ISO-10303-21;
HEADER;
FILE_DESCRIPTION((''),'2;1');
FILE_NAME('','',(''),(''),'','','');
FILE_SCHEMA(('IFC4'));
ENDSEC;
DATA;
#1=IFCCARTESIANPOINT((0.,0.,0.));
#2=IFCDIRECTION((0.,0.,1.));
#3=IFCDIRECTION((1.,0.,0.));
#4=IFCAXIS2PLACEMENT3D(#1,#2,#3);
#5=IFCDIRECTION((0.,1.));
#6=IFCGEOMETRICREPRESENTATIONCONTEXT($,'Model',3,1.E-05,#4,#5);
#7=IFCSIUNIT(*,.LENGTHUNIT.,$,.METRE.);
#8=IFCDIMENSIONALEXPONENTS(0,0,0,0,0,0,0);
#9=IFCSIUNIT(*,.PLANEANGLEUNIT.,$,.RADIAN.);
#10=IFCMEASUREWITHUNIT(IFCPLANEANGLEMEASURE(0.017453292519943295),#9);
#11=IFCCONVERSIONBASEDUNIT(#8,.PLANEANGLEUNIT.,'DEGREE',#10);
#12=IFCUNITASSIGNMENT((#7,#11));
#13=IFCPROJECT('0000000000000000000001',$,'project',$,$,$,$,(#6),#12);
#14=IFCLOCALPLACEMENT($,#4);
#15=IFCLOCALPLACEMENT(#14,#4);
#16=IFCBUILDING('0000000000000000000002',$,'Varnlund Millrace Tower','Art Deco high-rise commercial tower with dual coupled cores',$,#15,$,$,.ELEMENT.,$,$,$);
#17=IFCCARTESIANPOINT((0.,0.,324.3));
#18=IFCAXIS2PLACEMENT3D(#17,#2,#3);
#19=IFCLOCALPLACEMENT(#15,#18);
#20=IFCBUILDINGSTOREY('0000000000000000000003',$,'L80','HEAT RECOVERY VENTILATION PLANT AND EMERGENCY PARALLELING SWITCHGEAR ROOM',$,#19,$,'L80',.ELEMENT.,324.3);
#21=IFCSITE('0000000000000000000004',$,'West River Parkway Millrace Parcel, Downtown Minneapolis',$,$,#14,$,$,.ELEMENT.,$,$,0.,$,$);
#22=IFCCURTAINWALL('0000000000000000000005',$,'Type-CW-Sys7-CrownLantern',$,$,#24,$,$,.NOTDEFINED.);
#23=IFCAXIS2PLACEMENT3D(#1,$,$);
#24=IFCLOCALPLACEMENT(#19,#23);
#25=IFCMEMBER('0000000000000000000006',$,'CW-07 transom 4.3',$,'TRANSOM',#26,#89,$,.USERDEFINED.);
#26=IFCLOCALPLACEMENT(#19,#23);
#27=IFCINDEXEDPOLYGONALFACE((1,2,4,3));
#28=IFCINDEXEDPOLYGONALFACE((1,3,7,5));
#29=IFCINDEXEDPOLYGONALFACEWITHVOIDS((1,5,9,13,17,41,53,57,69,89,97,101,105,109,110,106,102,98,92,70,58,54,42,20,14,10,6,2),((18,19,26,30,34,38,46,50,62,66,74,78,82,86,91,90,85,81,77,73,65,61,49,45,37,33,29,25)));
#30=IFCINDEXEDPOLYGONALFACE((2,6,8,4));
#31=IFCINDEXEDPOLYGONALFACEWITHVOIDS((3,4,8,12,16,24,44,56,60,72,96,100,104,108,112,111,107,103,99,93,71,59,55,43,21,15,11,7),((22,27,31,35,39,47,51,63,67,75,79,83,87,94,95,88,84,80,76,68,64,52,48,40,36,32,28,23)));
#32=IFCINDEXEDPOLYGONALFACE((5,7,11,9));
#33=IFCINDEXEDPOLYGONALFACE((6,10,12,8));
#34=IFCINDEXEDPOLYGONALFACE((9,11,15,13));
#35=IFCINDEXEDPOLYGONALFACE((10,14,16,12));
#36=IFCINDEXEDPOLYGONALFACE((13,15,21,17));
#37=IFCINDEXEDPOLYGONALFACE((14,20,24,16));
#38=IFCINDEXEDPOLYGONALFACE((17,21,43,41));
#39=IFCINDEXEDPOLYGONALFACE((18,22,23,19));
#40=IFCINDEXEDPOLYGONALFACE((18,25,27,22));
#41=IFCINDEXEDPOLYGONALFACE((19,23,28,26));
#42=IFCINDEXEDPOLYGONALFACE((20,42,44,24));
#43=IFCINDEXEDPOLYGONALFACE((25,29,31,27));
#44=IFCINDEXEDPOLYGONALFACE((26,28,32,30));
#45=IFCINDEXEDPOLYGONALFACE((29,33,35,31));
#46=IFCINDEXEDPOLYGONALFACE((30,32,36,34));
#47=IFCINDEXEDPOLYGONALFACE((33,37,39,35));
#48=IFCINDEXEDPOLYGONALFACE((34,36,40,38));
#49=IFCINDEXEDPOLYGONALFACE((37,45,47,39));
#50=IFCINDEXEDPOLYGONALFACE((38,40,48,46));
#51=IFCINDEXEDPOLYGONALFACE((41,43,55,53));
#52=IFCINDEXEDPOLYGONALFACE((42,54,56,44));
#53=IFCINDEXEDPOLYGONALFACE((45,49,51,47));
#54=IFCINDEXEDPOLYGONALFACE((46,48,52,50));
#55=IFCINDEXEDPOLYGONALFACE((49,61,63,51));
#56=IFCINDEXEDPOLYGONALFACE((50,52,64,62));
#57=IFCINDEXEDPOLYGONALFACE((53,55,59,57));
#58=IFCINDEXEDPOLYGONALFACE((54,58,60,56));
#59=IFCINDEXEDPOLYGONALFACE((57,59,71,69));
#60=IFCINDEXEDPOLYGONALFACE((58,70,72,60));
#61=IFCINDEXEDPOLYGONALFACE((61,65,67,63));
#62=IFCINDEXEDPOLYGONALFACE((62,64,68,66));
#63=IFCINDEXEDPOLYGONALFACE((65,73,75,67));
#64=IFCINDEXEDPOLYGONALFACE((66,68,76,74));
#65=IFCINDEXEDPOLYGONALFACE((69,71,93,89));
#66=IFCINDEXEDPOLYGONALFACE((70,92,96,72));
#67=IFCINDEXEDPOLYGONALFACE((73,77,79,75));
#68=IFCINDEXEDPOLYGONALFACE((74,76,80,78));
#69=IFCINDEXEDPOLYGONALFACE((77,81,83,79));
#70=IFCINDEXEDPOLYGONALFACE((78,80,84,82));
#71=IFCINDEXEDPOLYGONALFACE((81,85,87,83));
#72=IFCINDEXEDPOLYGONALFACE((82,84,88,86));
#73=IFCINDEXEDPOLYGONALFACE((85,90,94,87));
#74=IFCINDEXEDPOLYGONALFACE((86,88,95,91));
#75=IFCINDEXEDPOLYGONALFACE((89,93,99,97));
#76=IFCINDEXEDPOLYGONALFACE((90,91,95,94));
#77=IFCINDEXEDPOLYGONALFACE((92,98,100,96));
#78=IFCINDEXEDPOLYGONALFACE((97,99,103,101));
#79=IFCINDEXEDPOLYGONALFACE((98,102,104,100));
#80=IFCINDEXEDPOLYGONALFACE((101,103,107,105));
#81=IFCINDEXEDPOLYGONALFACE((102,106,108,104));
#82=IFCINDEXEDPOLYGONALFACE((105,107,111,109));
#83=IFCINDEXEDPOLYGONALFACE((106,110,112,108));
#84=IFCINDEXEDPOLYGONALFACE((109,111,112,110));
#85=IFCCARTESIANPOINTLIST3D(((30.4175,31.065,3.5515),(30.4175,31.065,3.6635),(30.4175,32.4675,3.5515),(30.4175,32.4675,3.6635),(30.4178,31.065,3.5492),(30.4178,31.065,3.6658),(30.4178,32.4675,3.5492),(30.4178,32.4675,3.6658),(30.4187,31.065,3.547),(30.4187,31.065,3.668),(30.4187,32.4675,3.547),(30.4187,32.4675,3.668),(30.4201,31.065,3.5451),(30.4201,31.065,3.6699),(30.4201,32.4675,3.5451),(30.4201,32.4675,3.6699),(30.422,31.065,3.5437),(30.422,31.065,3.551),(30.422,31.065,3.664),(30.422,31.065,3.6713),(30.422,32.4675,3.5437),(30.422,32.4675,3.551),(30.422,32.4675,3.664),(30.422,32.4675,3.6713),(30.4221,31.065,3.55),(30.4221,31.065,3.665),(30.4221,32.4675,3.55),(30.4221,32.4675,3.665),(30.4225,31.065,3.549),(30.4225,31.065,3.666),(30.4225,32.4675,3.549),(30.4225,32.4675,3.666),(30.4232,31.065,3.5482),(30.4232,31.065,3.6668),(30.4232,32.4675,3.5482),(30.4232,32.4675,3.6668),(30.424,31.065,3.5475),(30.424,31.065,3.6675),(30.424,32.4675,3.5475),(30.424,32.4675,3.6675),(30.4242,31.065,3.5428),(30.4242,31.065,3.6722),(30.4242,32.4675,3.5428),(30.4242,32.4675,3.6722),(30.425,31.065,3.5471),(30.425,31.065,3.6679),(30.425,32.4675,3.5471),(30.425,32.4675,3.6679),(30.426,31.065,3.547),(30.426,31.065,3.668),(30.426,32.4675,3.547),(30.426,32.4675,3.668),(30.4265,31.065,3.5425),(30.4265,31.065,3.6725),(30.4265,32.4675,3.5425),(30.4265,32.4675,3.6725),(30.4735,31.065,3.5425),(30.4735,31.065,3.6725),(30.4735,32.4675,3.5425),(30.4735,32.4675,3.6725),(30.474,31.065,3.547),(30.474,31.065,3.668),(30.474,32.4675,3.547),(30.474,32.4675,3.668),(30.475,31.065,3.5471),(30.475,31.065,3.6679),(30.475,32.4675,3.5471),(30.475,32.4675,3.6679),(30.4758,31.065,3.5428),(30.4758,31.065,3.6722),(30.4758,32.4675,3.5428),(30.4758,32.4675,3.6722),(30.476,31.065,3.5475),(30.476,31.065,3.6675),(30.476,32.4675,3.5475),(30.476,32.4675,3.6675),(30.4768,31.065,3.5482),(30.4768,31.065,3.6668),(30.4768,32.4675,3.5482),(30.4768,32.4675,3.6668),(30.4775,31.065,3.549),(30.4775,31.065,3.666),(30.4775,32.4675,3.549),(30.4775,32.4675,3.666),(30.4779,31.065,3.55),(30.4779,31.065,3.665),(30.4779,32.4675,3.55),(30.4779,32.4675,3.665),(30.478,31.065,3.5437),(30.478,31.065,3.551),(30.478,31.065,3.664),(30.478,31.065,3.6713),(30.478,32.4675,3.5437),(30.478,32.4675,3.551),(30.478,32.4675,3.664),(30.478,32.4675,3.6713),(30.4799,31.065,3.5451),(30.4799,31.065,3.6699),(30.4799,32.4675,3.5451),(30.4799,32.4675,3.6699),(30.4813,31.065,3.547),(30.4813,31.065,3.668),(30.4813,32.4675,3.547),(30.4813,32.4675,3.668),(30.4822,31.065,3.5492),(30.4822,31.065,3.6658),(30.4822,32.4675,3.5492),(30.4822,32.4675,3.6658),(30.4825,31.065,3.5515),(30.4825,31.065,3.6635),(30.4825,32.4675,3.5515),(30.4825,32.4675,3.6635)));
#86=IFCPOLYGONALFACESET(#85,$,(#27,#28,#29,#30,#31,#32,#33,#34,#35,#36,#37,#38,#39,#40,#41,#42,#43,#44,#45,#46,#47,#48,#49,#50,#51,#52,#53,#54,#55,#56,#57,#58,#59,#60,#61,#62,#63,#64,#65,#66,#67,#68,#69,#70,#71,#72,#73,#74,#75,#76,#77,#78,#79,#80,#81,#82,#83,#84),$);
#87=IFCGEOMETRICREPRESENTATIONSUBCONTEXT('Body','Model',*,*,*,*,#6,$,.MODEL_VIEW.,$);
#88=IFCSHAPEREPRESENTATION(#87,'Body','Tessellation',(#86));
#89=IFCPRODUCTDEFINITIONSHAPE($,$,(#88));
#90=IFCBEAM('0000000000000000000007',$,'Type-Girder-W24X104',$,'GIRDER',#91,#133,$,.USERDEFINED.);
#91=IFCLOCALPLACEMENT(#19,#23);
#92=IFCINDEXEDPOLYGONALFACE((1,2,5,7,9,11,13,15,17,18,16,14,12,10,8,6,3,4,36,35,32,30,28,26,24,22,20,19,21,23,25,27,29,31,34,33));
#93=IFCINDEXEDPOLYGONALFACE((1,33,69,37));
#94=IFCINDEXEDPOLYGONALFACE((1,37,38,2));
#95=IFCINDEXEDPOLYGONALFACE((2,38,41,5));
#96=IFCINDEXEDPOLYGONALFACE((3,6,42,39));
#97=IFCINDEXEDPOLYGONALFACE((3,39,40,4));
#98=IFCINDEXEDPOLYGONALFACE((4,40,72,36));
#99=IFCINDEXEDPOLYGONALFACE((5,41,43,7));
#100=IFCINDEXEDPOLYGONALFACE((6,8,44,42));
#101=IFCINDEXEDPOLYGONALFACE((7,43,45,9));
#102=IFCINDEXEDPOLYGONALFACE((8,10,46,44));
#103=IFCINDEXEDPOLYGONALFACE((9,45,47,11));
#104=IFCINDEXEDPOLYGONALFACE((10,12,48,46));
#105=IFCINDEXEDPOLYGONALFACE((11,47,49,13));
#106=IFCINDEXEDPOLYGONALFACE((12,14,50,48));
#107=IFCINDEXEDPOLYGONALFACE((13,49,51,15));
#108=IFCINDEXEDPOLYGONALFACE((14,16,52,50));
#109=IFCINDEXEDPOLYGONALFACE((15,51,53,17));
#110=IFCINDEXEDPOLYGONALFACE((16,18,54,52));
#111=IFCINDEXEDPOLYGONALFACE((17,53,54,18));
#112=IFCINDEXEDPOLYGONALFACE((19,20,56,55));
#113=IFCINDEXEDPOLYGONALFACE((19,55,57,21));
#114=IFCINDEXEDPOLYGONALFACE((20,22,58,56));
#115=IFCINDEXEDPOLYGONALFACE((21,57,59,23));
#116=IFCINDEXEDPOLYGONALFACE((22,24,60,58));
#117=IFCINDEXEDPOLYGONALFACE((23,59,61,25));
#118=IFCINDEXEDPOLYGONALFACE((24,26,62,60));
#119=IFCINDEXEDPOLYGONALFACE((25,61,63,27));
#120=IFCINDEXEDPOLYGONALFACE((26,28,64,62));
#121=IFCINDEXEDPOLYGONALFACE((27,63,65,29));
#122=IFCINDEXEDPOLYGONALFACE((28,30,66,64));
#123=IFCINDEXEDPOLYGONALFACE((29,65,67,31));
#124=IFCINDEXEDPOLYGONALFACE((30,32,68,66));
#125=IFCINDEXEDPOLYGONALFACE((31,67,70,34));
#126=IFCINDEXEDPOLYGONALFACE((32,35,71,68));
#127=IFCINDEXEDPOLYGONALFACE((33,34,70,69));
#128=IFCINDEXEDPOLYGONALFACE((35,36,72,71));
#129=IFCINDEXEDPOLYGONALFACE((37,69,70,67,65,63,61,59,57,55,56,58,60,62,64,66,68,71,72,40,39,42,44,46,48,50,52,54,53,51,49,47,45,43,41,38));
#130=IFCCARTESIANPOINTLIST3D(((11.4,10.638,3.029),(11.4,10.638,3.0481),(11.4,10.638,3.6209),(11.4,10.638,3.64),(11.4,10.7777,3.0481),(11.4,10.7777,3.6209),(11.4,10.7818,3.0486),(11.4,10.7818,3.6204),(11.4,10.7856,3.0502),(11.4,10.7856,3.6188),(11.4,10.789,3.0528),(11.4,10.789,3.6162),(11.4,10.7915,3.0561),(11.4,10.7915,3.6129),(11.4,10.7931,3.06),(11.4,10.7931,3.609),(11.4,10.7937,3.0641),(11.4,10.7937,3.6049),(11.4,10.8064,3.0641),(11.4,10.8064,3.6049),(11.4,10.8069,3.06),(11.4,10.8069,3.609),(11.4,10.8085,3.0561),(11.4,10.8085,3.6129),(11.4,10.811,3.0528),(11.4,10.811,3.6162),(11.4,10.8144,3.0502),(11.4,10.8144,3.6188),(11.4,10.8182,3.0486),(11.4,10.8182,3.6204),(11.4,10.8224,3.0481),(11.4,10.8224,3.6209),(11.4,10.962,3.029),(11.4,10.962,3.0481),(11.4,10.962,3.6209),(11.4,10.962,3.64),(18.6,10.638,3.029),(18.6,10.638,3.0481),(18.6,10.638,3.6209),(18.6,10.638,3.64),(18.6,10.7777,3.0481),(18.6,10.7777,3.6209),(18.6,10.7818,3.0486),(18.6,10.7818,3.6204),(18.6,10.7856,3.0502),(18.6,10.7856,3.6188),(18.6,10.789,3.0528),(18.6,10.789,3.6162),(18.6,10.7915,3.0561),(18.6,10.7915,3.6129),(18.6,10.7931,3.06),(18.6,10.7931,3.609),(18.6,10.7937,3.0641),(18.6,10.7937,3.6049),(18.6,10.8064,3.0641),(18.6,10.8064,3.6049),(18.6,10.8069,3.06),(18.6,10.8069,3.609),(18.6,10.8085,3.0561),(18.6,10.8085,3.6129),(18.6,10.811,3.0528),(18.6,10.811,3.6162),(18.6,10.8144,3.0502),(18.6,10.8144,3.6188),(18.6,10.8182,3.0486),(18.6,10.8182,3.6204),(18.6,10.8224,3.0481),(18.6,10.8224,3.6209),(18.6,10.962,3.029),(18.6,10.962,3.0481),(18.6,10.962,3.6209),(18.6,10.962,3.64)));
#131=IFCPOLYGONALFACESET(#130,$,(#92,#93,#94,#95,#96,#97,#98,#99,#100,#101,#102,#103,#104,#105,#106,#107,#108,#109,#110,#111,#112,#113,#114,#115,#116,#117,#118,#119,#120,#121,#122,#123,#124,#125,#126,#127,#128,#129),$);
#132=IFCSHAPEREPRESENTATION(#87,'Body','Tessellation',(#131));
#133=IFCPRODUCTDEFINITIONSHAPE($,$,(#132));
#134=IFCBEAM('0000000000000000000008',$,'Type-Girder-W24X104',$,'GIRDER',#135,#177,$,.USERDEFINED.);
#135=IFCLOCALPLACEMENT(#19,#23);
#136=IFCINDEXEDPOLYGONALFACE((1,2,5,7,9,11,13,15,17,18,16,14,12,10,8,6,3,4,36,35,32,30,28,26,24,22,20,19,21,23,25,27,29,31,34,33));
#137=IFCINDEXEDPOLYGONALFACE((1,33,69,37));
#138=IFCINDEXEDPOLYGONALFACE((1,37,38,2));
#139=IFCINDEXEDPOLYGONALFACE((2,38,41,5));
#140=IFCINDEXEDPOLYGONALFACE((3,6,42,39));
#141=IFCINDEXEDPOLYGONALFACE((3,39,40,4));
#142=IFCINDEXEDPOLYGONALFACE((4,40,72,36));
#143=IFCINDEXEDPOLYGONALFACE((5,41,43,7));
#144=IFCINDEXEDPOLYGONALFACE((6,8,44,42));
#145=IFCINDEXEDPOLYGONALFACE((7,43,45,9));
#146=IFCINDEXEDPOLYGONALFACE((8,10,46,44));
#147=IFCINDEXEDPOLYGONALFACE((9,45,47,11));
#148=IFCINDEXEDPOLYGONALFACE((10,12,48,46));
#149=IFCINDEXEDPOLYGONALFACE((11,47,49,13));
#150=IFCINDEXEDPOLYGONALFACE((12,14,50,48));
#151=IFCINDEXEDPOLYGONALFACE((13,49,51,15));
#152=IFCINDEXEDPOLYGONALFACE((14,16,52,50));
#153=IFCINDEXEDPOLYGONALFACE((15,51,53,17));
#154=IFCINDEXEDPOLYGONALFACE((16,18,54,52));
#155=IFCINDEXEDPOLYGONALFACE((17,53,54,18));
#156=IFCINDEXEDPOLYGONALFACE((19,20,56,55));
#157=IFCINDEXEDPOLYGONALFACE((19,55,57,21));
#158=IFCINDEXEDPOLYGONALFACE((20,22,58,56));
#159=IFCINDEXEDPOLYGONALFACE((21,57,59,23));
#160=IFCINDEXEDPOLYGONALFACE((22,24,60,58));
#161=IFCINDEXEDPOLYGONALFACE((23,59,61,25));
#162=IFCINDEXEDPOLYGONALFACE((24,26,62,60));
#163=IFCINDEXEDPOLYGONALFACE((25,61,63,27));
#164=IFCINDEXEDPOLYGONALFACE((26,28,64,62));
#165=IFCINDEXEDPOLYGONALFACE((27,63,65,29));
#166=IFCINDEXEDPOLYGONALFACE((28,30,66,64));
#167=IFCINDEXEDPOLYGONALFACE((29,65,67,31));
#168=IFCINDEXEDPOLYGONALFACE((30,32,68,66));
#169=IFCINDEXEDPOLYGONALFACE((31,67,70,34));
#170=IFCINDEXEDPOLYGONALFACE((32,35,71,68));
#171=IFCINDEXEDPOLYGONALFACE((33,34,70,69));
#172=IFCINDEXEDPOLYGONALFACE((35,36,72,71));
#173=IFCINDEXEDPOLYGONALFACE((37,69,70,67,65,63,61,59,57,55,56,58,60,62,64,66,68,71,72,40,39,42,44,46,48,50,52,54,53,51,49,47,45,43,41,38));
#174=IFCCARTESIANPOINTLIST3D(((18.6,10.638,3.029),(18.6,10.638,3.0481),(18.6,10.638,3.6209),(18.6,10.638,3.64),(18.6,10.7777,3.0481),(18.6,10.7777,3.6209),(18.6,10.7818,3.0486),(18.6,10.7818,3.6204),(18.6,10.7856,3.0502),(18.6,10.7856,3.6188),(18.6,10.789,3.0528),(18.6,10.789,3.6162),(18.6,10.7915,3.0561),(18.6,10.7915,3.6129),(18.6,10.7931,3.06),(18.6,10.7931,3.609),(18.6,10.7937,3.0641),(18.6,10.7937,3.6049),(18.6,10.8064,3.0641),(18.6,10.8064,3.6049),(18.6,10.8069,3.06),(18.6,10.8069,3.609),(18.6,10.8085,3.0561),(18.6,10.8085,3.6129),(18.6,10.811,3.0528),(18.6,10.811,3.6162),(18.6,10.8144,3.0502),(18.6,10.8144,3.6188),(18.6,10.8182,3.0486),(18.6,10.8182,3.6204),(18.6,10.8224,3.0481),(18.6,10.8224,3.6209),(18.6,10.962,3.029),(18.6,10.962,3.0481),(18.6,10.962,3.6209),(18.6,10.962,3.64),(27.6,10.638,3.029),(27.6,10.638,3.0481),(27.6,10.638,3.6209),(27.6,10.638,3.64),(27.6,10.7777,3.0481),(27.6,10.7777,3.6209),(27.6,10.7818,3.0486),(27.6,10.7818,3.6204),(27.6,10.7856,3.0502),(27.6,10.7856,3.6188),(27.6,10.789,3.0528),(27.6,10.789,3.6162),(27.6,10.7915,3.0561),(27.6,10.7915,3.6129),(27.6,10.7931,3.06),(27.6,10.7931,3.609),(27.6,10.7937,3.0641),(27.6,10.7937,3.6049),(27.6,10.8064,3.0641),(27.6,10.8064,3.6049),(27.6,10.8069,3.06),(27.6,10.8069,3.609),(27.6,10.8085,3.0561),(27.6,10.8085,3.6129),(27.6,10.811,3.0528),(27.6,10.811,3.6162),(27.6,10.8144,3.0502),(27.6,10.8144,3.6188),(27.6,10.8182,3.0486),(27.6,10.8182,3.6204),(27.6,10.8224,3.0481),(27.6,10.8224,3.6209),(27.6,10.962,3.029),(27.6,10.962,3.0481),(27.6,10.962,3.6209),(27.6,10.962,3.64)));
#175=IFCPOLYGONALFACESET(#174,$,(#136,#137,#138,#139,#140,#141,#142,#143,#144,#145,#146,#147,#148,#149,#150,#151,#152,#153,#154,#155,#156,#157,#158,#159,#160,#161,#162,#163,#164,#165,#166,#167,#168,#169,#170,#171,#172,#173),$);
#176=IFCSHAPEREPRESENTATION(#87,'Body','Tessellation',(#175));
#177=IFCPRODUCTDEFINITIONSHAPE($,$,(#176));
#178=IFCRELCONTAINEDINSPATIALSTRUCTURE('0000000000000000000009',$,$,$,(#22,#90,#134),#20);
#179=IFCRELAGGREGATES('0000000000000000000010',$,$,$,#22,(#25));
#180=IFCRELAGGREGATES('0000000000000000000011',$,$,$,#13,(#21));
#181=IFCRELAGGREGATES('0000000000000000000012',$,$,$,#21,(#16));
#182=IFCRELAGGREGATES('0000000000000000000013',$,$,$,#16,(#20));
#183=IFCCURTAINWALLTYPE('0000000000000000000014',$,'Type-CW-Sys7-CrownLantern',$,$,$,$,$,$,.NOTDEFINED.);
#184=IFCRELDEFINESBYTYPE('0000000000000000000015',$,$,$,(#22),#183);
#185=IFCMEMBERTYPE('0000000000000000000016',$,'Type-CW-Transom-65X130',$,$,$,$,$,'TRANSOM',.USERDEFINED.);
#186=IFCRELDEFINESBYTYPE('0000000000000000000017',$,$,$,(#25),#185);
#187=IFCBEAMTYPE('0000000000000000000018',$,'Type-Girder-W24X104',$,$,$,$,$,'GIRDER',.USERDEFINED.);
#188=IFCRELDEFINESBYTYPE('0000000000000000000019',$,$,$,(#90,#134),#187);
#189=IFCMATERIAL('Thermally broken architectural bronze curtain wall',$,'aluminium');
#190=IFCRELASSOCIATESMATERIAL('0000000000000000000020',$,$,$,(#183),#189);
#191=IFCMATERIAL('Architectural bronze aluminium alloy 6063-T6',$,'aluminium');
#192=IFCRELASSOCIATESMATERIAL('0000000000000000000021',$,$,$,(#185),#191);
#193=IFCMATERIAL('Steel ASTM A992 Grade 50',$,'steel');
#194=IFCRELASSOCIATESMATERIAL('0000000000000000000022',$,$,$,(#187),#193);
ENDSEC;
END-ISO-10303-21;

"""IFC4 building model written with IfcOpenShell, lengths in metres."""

from ifc_helpers import new_model, entity, si_unit, converted_unit, direction, frame, origin_with_axes, origin_2d_with_axis, place, context, subcontext, project, spatial, hollow_rectangle, i_section, extrude, material, material_profile, profile_set, type_object, element, aggregate, save


model = new_model("IFC4")

# Units and contexts
model_context = context("Model", 3, precision=1e-05, world=origin_with_axes(), true_north=direction((0.0, 1.0)))
body_context = subcontext(model_context, "Body", "Model", "MODEL_VIEW")
ifc_project = project(units=[si_unit("LENGTHUNIT", "METRE"), converted_unit("PLANEANGLEUNIT", "DEGREE", entity("IfcPlaneAngleMeasure", 0.017453292519943295), si_unit("PLANEANGLEUNIT", "RADIAN"), dimensions=[0, 0, 0, 0, 0, 0, 0])], contexts=[model_context])

# Site, building, storey
site_placement = place(None, origin_with_axes())
site = spatial("IfcSite", under=ifc_project, at=site_placement, Name="West River Parkway Millrace Parcel, Downtown Minneapolis", CompositionType="ELEMENT", RefElevation=0.0)
building_placement = place(site_placement, origin_with_axes())
building = spatial("IfcBuilding", under=site, at=building_placement, Name="Varnlund Millrace Tower", Description="Art Deco high-rise commercial tower with dual coupled cores", CompositionType="ELEMENT")
storey_placement = place(building_placement, frame((0.0, 0.0, 324.3), z_axis=(0.0, 0.0, 1.0), x_axis=(1.0, 0.0, 0.0)))
storey = spatial("IfcBuildingStorey", under=building, at=storey_placement, Name="L80", Description="HEAT RECOVERY VENTILATION PLANT AND EMERGENCY PARALLELING SWITCHGEAR ROOM", LongName="L80", CompositionType="ELEMENT", Elevation=324.3)

# Shared definitions
ifc_material_1 = material(Name="Steel ASTM A992 Grade 50", Category="steel")

# Curtain wall, member
ifc_material_2 = material(Name="Thermally broken architectural bronze curtain wall", Category="aluminium")
curtain_wall_type = type_object("IfcCurtainWallType", Name="Type-CW-Sys7-CrownLantern", PredefinedType="NOTDEFINED", material=ifc_material_2)
curtain_wall_placement = place(storey_placement, frame((30.45, 37.0, 0.0), z_axis=(0.0, 0.0, 1.0), x_axis=(1.0, 0.0, 0.0)))
curtain_wall = element("IfcCurtainWall", 1, at=curtain_wall_placement, inside=storey, type_object=curtain_wall_type, Name="Type-CW-Sys7-CrownLantern", PredefinedType="NOTDEFINED")
ifc_material_3 = material(Name="Architectural bronze aluminium alloy 6063-T6", Category="aluminium")
ifc_material_profile_1 = material_profile(ifc_material_3, hollow_rectangle(XDim=0.065, YDim=0.13, WallThickness=0.0045, InnerFilletRadius=0.004, OuterFilletRadius=0.009, at=origin_2d_with_axis()), Name="Architectural bronze aluminium alloy 6063-T6")
ifc_profile_set_1 = profile_set([ifc_material_profile_1], Name="Architectural bronze aluminium alloy 6063-T6")
member_type = type_object("IfcMemberType", Name="Type-CW-Transom-65X130", ElementType="TRANSOM", PredefinedType="USERDEFINED", material=ifc_profile_set_1)
member_1_placement = place(storey_placement, frame((30.45, 32.4675, 3.6075), z_axis=(0.0, -1.0, 0.0), x_axis=(1.0, 0.0, 0.0)))
member_1 = element("IfcMember", 2, at=member_1_placement, type_object=member_type, Name="CW-07 transom 4.3", ObjectType="TRANSOM", PredefinedType="USERDEFINED", context=body_context, shape_type="SweptSolid", body=[
    extrude(hollow_rectangle(XDim=0.065, YDim=0.13, WallThickness=0.0045, InnerFilletRadius=0.004, OuterFilletRadius=0.009, at=origin_2d_with_axis()), origin_with_axes(), (0.0, 0.0, 1.0), 1.4025),
])

# Beams
ifc_material_profile_2 = material_profile(ifc_material_1, i_section(OverallWidth=0.324, OverallDepth=0.611, WebThickness=0.0127, FlangeThickness=0.0191, FilletRadius=0.016, at=origin_2d_with_axis()), Name="Steel ASTM A992 Grade 50")
ifc_profile_set_2 = profile_set([ifc_material_profile_2], Name="Steel ASTM A992 Grade 50")
beam_type_1 = type_object("IfcBeamType", Name="Type-Girder-W24X104", ElementType="GIRDER", PredefinedType="USERDEFINED", material=ifc_profile_set_2)
beam_1_placement = place(storey_placement, frame((11.4, 10.8, 3.3345), z_axis=(1.0, 0.0, 0.0), x_axis=(0.0, 1.0, 0.0)))
element("IfcBeam", 3, at=beam_1_placement, inside=storey, type_object=beam_type_1, Name="Type-Girder-W24X104", ObjectType="GIRDER", PredefinedType="USERDEFINED", context=body_context, shape_type="SweptSolid", body=[
    extrude(i_section(OverallWidth=0.324, OverallDepth=0.611, WebThickness=0.0127, FlangeThickness=0.0191, FilletRadius=0.016, at=origin_2d_with_axis()), origin_with_axes(), (0.0, 0.0, 1.0), 7.2),
])
for number, where, z_axis, x_axis, name in (
    (4, (18.6, 10.8, 3.3345), (1.0, 0.0, 0.0), (0.0, 1.0, 0.0), "Type-Girder-W24X104"),
):
    element("IfcBeam", number, at=place(storey_placement, frame(where, z_axis=z_axis, x_axis=x_axis)), inside=storey, type_object=beam_type_1, Name=name, ObjectType="GIRDER", PredefinedType="USERDEFINED", context=body_context, shape_type="SweptSolid", body=[
        extrude(i_section(OverallWidth=0.324, OverallDepth=0.611, WebThickness=0.0127, FlangeThickness=0.0191, FilletRadius=0.016, at=origin_2d_with_axis()), origin_with_axes(), (0.0, 0.0, 1.0), 9.0),
    ])

aggregate(curtain_wall, [member_1])

save(model, "model.ifc")
